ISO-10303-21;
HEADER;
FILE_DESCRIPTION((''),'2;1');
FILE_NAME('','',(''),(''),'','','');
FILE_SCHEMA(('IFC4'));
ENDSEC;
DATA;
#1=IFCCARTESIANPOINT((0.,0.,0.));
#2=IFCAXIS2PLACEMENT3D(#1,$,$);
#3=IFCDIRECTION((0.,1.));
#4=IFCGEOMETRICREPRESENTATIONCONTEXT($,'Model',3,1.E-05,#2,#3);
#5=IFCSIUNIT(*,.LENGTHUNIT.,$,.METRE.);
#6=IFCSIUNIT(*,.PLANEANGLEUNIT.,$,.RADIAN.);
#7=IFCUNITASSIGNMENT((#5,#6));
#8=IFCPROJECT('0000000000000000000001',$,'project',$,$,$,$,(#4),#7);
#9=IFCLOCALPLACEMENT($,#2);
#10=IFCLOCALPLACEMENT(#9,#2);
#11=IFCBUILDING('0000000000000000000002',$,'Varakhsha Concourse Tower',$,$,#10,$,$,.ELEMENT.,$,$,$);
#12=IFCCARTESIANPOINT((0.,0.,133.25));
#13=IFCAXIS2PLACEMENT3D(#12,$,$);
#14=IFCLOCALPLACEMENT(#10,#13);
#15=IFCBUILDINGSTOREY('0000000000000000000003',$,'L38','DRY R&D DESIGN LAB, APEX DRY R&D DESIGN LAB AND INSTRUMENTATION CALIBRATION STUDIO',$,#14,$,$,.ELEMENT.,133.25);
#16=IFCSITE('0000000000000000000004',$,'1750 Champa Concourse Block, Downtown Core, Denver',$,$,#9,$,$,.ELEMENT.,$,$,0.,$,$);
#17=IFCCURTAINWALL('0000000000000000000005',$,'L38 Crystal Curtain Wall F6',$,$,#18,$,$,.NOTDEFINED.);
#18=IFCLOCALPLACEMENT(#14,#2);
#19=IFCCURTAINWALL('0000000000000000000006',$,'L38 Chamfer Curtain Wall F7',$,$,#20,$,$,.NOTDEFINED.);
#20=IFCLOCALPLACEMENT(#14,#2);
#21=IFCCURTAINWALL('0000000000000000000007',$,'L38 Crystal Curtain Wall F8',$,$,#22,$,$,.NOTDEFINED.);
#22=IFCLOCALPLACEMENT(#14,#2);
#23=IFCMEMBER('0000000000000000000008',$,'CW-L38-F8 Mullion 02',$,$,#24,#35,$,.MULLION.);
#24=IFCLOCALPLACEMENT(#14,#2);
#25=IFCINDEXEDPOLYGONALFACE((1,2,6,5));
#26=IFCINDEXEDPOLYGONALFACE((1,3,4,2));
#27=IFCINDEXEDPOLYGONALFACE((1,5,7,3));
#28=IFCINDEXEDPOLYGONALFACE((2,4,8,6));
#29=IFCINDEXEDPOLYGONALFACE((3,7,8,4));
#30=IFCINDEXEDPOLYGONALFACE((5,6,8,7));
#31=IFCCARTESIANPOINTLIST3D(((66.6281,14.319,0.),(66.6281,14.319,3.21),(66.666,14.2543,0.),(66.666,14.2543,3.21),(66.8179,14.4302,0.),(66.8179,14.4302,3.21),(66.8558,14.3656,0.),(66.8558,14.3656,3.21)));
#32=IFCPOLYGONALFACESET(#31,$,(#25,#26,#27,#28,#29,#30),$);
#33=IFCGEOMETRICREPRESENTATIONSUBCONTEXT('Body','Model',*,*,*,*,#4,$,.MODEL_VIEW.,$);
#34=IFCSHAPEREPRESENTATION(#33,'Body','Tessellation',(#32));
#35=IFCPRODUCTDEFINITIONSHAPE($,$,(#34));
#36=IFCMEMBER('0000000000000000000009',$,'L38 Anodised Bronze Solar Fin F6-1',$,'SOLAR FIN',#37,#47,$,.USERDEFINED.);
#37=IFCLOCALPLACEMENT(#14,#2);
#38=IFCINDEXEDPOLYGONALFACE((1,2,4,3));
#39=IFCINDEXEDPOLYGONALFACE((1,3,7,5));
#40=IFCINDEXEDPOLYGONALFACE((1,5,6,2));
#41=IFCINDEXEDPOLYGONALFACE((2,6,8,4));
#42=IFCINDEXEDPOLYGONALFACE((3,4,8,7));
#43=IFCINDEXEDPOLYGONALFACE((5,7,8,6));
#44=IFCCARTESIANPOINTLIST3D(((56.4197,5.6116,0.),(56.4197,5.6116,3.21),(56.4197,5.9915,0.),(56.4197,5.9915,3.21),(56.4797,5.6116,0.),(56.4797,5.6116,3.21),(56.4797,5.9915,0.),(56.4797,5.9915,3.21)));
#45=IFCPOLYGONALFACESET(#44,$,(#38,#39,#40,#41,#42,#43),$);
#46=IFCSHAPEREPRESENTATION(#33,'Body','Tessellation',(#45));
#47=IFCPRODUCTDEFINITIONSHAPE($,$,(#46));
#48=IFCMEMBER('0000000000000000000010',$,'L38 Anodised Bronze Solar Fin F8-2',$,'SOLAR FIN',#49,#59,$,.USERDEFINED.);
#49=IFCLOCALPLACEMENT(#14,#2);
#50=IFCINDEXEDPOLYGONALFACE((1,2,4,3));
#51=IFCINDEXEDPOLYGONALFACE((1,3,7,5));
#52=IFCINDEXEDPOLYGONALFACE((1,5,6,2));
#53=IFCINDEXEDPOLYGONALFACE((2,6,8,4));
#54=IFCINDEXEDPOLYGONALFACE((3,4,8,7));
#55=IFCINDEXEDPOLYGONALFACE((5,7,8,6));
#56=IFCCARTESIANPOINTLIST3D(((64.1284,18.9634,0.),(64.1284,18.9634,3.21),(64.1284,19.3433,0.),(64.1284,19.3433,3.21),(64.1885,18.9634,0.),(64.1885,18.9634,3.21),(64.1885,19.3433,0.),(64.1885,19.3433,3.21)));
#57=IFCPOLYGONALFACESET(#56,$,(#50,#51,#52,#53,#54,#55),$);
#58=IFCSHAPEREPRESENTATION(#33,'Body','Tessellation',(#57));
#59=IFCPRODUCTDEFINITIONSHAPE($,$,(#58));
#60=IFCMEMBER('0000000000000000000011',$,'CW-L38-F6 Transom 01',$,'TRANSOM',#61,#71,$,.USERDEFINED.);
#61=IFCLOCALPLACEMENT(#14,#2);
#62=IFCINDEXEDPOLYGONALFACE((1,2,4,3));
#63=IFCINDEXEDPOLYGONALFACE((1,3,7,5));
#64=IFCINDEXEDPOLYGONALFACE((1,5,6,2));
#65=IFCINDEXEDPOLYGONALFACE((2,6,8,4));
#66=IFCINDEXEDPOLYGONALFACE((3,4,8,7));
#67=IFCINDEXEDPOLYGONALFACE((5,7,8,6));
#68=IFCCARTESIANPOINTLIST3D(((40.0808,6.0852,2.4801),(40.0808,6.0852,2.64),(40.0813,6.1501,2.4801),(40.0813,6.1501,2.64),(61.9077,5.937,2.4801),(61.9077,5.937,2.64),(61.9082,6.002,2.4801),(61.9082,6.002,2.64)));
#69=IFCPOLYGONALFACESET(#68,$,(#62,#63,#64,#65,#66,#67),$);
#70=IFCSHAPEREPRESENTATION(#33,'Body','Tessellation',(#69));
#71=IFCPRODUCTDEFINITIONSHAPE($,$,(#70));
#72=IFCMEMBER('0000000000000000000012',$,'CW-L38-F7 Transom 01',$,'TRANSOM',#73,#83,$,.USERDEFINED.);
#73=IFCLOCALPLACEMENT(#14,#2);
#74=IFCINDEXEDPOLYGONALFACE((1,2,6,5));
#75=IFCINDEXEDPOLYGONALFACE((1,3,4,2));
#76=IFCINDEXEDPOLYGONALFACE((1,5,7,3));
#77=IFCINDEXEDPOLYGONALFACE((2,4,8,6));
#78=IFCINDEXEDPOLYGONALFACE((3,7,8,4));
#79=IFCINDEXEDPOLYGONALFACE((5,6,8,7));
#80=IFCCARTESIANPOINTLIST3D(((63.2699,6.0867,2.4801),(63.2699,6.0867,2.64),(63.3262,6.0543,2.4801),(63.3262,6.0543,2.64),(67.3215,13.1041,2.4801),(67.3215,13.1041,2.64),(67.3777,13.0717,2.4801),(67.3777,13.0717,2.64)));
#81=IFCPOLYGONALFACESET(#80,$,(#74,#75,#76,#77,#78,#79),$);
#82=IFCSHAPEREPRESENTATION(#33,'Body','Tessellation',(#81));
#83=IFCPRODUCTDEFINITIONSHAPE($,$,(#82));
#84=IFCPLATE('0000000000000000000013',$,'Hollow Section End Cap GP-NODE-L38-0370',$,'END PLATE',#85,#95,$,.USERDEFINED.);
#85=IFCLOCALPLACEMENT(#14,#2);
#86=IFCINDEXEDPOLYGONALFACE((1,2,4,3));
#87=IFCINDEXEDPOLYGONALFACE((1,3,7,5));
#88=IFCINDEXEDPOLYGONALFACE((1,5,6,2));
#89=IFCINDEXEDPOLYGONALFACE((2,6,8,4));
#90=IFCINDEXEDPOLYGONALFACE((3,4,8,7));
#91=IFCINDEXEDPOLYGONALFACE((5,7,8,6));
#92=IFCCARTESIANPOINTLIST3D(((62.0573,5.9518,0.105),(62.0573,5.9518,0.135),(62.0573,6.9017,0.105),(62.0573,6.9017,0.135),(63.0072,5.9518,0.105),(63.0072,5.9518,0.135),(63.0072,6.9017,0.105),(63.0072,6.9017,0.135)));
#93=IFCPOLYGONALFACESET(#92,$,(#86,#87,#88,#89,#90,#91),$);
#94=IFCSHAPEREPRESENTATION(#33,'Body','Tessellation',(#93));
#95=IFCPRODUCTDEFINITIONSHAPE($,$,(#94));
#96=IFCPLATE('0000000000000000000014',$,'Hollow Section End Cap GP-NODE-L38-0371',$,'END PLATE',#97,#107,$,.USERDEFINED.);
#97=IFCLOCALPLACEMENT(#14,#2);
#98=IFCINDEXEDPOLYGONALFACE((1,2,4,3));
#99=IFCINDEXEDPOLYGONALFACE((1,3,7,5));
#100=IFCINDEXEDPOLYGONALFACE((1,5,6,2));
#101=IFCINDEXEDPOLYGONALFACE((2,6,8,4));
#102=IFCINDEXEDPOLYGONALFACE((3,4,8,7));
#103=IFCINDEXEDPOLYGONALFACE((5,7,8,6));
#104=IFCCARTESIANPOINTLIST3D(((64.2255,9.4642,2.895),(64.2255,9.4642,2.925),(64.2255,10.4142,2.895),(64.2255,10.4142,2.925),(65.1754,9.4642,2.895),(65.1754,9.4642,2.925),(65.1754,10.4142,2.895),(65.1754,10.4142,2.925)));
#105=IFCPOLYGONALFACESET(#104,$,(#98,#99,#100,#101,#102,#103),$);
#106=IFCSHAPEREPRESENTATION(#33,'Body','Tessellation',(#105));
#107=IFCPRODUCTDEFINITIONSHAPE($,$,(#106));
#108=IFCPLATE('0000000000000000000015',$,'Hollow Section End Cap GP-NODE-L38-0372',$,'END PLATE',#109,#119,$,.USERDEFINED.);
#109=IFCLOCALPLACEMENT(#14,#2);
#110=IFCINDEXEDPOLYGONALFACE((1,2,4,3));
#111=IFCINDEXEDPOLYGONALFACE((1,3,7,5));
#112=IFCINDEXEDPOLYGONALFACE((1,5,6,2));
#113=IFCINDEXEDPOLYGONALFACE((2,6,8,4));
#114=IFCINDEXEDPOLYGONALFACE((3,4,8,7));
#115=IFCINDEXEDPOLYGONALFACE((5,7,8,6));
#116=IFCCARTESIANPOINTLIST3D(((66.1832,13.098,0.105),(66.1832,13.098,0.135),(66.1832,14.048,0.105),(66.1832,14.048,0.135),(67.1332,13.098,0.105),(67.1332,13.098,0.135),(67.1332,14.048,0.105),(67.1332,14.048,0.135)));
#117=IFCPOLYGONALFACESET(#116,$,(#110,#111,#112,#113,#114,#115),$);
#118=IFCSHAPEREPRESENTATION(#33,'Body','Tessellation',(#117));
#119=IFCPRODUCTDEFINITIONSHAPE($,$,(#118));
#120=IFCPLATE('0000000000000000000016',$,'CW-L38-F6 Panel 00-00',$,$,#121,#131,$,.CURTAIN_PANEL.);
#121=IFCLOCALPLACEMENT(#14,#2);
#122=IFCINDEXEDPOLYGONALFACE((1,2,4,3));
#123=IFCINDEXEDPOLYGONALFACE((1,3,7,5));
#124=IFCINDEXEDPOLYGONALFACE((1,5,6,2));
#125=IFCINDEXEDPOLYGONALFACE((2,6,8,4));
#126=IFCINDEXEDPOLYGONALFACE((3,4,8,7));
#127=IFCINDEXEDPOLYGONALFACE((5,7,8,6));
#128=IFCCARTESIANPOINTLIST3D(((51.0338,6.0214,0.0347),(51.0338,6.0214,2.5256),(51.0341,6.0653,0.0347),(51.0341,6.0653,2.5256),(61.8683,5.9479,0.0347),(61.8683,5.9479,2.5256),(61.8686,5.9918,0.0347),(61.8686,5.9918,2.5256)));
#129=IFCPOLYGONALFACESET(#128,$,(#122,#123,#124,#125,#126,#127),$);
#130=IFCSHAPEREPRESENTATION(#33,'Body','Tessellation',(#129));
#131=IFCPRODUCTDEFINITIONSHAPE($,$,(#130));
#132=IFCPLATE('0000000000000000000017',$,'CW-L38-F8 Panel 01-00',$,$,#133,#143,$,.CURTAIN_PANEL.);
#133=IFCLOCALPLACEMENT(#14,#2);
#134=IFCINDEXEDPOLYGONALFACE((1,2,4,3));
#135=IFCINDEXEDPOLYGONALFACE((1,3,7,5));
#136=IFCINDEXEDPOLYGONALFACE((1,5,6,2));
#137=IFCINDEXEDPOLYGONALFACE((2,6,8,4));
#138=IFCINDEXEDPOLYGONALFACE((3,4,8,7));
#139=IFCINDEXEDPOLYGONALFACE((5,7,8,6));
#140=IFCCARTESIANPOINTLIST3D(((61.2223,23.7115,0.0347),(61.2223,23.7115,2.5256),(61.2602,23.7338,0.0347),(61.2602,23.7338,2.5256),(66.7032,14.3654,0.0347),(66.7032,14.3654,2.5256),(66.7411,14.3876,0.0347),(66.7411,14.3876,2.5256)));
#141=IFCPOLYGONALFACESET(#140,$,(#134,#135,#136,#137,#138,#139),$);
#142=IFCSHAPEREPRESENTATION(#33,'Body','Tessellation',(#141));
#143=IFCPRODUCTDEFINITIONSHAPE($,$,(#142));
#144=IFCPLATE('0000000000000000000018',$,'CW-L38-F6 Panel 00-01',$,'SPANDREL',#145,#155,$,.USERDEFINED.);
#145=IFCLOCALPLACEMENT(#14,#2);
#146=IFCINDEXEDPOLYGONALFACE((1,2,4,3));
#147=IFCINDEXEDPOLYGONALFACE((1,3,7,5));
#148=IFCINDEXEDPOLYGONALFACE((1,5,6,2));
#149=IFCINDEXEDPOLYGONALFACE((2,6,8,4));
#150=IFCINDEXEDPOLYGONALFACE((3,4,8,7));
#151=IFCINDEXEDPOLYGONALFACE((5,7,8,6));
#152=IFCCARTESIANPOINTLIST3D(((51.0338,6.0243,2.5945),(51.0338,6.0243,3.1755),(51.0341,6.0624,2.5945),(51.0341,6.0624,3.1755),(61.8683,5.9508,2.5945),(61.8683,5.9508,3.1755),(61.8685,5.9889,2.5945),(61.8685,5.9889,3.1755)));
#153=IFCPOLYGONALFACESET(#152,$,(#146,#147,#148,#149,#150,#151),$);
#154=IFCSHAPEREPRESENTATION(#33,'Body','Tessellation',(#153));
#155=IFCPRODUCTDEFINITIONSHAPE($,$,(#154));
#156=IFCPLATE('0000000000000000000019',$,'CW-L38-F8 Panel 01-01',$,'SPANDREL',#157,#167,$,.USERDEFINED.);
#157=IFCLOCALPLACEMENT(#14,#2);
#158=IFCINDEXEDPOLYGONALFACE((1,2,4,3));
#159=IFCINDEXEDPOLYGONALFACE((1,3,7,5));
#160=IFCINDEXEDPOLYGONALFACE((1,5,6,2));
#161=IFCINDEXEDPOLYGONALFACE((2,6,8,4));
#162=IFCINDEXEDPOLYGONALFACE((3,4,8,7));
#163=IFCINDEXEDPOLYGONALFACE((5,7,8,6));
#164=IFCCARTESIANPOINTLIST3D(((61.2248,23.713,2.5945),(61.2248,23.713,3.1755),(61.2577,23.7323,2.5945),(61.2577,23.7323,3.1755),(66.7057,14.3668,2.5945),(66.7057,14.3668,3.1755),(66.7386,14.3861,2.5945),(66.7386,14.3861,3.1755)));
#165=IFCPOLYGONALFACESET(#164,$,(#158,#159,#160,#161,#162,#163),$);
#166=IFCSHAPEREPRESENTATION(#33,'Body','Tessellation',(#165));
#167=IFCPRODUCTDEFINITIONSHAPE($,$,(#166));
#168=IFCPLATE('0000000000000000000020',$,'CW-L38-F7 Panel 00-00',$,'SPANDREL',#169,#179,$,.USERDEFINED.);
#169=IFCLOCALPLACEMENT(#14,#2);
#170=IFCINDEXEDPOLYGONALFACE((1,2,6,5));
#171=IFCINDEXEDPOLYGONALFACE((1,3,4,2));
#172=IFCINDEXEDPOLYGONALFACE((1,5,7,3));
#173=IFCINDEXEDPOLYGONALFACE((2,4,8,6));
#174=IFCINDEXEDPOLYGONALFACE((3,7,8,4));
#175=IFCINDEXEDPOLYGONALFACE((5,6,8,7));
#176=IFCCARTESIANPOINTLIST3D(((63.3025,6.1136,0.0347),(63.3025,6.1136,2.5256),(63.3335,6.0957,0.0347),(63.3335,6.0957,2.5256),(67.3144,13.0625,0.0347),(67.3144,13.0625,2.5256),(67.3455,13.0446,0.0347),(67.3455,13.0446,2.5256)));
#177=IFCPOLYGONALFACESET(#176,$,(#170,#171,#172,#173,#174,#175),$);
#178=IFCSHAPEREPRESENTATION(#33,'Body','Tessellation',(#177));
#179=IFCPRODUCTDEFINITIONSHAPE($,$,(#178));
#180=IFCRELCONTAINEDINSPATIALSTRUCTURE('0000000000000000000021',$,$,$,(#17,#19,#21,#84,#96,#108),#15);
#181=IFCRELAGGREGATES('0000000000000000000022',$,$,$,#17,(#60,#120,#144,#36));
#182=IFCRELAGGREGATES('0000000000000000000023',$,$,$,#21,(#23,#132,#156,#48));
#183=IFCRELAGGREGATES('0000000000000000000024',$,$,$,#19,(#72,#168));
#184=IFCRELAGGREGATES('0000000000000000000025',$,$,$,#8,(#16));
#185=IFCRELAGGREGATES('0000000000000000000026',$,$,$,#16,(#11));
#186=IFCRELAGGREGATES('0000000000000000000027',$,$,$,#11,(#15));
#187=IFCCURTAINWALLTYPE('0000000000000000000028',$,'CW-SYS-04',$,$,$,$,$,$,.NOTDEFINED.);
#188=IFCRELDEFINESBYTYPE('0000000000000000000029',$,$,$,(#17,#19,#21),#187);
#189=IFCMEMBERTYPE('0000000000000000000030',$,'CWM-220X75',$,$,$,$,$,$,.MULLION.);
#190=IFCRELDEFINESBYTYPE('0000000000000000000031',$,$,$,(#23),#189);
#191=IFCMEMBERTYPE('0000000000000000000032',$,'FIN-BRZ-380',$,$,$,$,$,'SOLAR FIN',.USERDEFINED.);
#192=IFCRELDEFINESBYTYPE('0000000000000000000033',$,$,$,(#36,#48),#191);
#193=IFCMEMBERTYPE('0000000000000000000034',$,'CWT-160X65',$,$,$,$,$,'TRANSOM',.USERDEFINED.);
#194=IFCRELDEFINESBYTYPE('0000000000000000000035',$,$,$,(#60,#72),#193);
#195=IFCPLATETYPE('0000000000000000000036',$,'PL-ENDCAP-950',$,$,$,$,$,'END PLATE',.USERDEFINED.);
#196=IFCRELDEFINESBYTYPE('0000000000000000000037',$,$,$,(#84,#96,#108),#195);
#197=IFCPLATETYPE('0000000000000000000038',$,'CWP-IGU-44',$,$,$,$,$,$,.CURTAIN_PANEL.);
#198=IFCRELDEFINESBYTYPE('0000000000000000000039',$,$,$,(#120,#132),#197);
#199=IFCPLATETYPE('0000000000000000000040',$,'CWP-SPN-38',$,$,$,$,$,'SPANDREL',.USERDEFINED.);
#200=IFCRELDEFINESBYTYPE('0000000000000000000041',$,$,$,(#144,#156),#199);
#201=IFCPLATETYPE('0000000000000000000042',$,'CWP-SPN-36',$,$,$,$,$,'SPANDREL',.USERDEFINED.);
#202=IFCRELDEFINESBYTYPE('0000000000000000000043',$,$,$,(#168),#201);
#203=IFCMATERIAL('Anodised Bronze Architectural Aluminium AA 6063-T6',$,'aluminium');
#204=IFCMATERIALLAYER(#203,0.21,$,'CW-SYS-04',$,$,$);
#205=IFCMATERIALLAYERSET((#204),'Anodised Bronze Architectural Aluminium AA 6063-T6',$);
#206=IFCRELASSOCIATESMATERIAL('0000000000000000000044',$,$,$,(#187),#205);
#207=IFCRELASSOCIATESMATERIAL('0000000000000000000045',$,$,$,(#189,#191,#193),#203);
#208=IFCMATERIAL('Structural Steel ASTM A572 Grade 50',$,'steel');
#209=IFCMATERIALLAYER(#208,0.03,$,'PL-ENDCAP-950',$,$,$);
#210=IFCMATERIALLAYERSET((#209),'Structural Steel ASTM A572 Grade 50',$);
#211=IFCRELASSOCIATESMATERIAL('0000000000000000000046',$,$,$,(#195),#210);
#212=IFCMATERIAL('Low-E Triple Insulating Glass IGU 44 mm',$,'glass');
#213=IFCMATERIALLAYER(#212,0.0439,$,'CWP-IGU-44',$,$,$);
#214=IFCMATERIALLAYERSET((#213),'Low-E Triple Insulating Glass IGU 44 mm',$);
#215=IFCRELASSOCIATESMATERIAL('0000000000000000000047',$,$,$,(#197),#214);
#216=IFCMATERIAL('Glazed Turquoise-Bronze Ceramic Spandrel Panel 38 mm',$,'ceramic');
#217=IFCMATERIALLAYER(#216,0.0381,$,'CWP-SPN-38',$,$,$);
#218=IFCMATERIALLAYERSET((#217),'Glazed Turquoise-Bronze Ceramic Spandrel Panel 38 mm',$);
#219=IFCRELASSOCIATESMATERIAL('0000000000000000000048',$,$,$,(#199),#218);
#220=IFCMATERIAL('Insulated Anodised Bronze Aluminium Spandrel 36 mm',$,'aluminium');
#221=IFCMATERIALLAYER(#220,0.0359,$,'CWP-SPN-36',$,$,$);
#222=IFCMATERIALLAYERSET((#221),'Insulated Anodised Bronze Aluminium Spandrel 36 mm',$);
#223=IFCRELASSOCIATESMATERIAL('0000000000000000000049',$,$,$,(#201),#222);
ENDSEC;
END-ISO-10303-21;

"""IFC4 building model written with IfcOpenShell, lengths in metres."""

from ifc_helpers import new_model, si_unit, direction, frame, origin, origin_2d, place, context, subcontext, project, spatial, rectangle, extrude, source, transform, mapped, material, layer, layer_set, material_profile, profile_set, type_object, type_shapes, element, aggregate, save


model = new_model("IFC4")

# Units and contexts
model_context = context("Model", 3, precision=1e-05, world=origin(), true_north=direction((0.0, 1.0)))
body_context = subcontext(model_context, "Body", "Model", "MODEL_VIEW")
ifc_project = project(units=[si_unit("LENGTHUNIT", "METRE"), si_unit("PLANEANGLEUNIT", "RADIAN")], contexts=[model_context])

# Site, building, storey
site_placement = place(None, origin())
site = spatial("IfcSite", under=ifc_project, at=site_placement, Name="1750 Champa Concourse Block, Downtown Core, Denver", CompositionType="ELEMENT", RefElevation=0.0)
building_placement = place(site_placement, origin())
building = spatial("IfcBuilding", under=site, at=building_placement, Name="Varakhsha Concourse Tower", CompositionType="ELEMENT")
storey_placement = place(building_placement, frame((0.0, 0.0, 133.25)))
storey = spatial("IfcBuildingStorey", under=building, at=storey_placement, Name="L38", Description="DRY R&D DESIGN LAB, APEX DRY R&D DESIGN LAB AND INSTRUMENTATION CALIBRATION STUDIO", CompositionType="ELEMENT", Elevation=133.25)

# Shared definitions
ifc_material_1 = material(Name="Structural Steel ASTM A572 Grade 50", Category="steel")

# Curtain wall
ifc_material_2 = material(Name="Anodised Bronze Architectural Aluminium AA 6063-T6", Category="aluminium")
ifc_layer_1 = layer(ifc_material_2, 0.21, Name="CW-SYS-04")
ifc_layer_set_1 = layer_set([ifc_layer_1], Name="Anodised Bronze Architectural Aluminium AA 6063-T6")
curtain_wall_type = type_object("IfcCurtainWallType", Name="CW-SYS-04", PredefinedType="NOTDEFINED", material=ifc_layer_set_1)
curtain_wall_1_placement = place(storey_placement, origin())
curtain_wall_1 = element("IfcCurtainWall", 1, at=curtain_wall_1_placement, inside=storey, type_object=curtain_wall_type, Name="L38 Crystal Curtain Wall F6", PredefinedType="NOTDEFINED")
ifc_material_profile_1 = material_profile(ifc_material_2, rectangle(XDim=0.075, YDim=0.22, at=origin_2d()), Name="CWM-220X75")
ifc_profile_set_1 = profile_set([ifc_material_profile_1], Name="Anodised Bronze Architectural Aluminium AA 6063-T6")
member_type_1 = type_object("IfcMemberType", Name="CWM-220X75", PredefinedType="MULLION", material=ifc_profile_set_1)
shared_shape_1 = source(origin(), body_context, "Body", "SweptSolid", [
    extrude(rectangle(XDim=0.075, YDim=0.22, at=origin_2d()), origin(), (0.0, 0.0, 1.0), 3.21),
])
type_shapes(member_type_1, [shared_shape_1])

# Curtain wall
curtain_wall_2_placement = place(storey_placement, origin())
curtain_wall_2 = element("IfcCurtainWall", 2, at=curtain_wall_2_placement, inside=storey, type_object=curtain_wall_type, Name="L38 Chamfer Curtain Wall F7", PredefinedType="NOTDEFINED")

# Curtain wall, member
curtain_wall_3_placement = place(storey_placement, origin())
curtain_wall_3 = element("IfcCurtainWall", 3, at=curtain_wall_3_placement, inside=storey, type_object=curtain_wall_type, Name="L38 Crystal Curtain Wall F8", PredefinedType="NOTDEFINED")
member_1_placement = place(storey_placement, frame((66.7419, 14.3423, 0.0), z_axis=(0.0, 0.0, 1.0), x_axis=(0.505862, -0.862614, 0.0)))
member_1 = element("IfcMember", 4, at=member_1_placement, type_object=member_type_1, Name="CW-L38-F8 Mullion 02", PredefinedType="MULLION", context=body_context, shape_type="MappedRepresentation", body=[
    mapped(shared_shape_1, transform((0.0, 0.0, 0.0), scale=1.0)),
])

# Members
ifc_material_profile_2 = material_profile(ifc_material_2, rectangle(XDim=0.0601, YDim=0.3799, at=origin_2d()), Name="FIN-BRZ-380")
ifc_profile_set_2 = profile_set([ifc_material_profile_2], Name="Anodised Bronze Architectural Aluminium AA 6063-T6")
member_type_2 = type_object("IfcMemberType", Name="FIN-BRZ-380", ElementType="SOLAR FIN", PredefinedType="USERDEFINED", material=ifc_profile_set_2)
shared_shape_2 = source(origin(), body_context, "Body", "SweptSolid", [
    extrude(rectangle(XDim=0.0601, YDim=0.3799, at=origin_2d()), origin(), (0.0, 0.0, 1.0), 3.21),
])
type_shapes(member_type_2, [shared_shape_2])
member_2_placement = place(storey_placement, frame((56.4497, 5.8015, 0.0), z_axis=(0.0, 0.0, 1.0), x_axis=(1.0, 0.0, 0.0)))
member_2 = element("IfcMember", 5, at=member_2_placement, type_object=member_type_2, Name="L38 Anodised Bronze Solar Fin F6-1", ObjectType="SOLAR FIN", PredefinedType="USERDEFINED", context=body_context, shape_type="MappedRepresentation", body=[
    mapped(shared_shape_2, transform((0.0, 0.0, 0.0), scale=1.0)),
])
member_3_placement = place(storey_placement, frame((64.1584, 19.1533, 0.0), z_axis=(0.0, 0.0, 1.0), x_axis=(1.0, 0.0, 0.0)))
member_3 = element("IfcMember", 6, at=member_3_placement, type_object=member_type_2, Name="L38 Anodised Bronze Solar Fin F8-2", ObjectType="SOLAR FIN", PredefinedType="USERDEFINED", context=body_context, shape_type="MappedRepresentation", body=[
    mapped(shared_shape_2, transform((0.0, 0.0, 0.0), scale=1.0)),
])
ifc_material_profile_3 = material_profile(ifc_material_2, rectangle(XDim=0.0649, YDim=0.1599, at=origin_2d()), Name="CWT-160X65")
ifc_profile_set_3 = profile_set([ifc_material_profile_3], Name="Anodised Bronze Architectural Aluminium AA 6063-T6")
member_type_3 = type_object("IfcMemberType", Name="CWT-160X65", ElementType="TRANSOM", PredefinedType="USERDEFINED", material=ifc_profile_set_3)
shared_shape_3 = source(origin(), body_context, "Body", "SweptSolid", [
    extrude(rectangle(XDim=0.0649, YDim=0.1599, at=origin_2d()), origin(), (0.0, 0.0, 1.0), 21.8274),
])
member_4_placement = place(storey_placement, frame((61.908, 5.9695, 2.5601), z_axis=(-0.999977, 0.006789, 0.0), x_axis=(-0.006789, -0.999977, 0.0)))
member_4 = element("IfcMember", 7, at=member_4_placement, type_object=member_type_3, Name="CW-L38-F6 Transom 01", ObjectType="TRANSOM", PredefinedType="USERDEFINED", context=body_context, shape_type="MappedRepresentation", body=[
    mapped(shared_shape_3, transform((0.0, 0.0, 0.0), scale=1.0)),
])
shared_shape_4 = source(origin(), body_context, "Body", "SweptSolid", [
    extrude(rectangle(XDim=0.0649, YDim=0.1599, at=origin_2d()), origin(), (0.0, 0.0, 1.0), 8.103),
])
type_shapes(member_type_3, [shared_shape_3, shared_shape_4])
member_5_placement = place(storey_placement, frame((67.3496, 13.0879, 2.5601), z_axis=(-0.500005, -0.866023, 0.0), x_axis=(0.866023, -0.500005, 0.0)))
member_5 = element("IfcMember", 8, at=member_5_placement, type_object=member_type_3, Name="CW-L38-F7 Transom 01", ObjectType="TRANSOM", PredefinedType="USERDEFINED", context=body_context, shape_type="MappedRepresentation", body=[
    mapped(shared_shape_4, transform((0.0, 0.0, 0.0), scale=1.0)),
])

# Plates
ifc_layer_2 = layer(ifc_material_1, 0.03, Name="PL-ENDCAP-950")
ifc_layer_set_2 = layer_set([ifc_layer_2], Name="Structural Steel ASTM A572 Grade 50")
plate_type_1 = type_object("IfcPlateType", Name="PL-ENDCAP-950", ElementType="END PLATE", PredefinedType="USERDEFINED", material=ifc_layer_set_2)
shared_shape_5 = source(origin(), body_context, "Body", "SweptSolid", [
    extrude(rectangle(XDim=0.95, YDim=0.95, at=origin_2d()), origin(), (0.0, 0.0, 1.0), 0.03),
])
type_shapes(plate_type_1, [shared_shape_5])
for number, where, z_axis, x_axis, name in (
    (9, (62.5322, 6.4268, 0.105), (0.0, 0.0, 1.0), (1.0, 0.0, 0.0), "Hollow Section End Cap GP-NODE-L38-0370"),
    (10, (64.7004, 9.9392, 2.895), (0.0, 0.0, 1.0), (1.0, 0.0, 0.0), "Hollow Section End Cap GP-NODE-L38-0371"),
    (11, (66.6582, 13.573, 0.105), (0.0, 0.0, 1.0), (1.0, 0.0, 0.0), "Hollow Section End Cap GP-NODE-L38-0372"),
):
    element("IfcPlate", number, at=place(storey_placement, frame(where, z_axis=z_axis, x_axis=x_axis)), inside=storey, type_object=plate_type_1, Name=name, ObjectType="END PLATE", PredefinedType="USERDEFINED", context=body_context, shape_type="MappedRepresentation", body=[
        mapped(shared_shape_5, transform((0.0, 0.0, 0.0), scale=1.0)),
    ])

# Plates
ifc_material_3 = material(Name="Low-E Triple Insulating Glass IGU 44 mm", Category="glass")
ifc_layer_3 = layer(ifc_material_3, 0.0439, Name="CWP-IGU-44")
ifc_layer_set_3 = layer_set([ifc_layer_3], Name="Low-E Triple Insulating Glass IGU 44 mm")
plate_type_2 = type_object("IfcPlateType", Name="CWP-IGU-44", PredefinedType="CURTAIN_PANEL", material=ifc_layer_set_3)
shared_shape_6 = source(origin(), body_context, "Body", "SweptSolid", [
    extrude(rectangle(XDim=10.8347, YDim=0.0439, at=origin_2d()), origin(), (0.0, 0.0, 1.0), 2.491),
])
type_shapes(plate_type_2, [shared_shape_6])
plate_1_placement = place(storey_placement, frame((56.4512, 6.0066, 0.0347), z_axis=(0.0, 0.0, 1.0), x_axis=(-0.999977, 0.006786, 0.0)))
plate_1 = element("IfcPlate", 12, at=plate_1_placement, type_object=plate_type_2, Name="CW-L38-F6 Panel 00-00", PredefinedType="CURTAIN_PANEL", context=body_context, shape_type="MappedRepresentation", body=[
    mapped(shared_shape_6, transform((0.0, 0.0, 0.0), scale=1.0)),
])
plate_2_placement = place(storey_placement, frame((63.9817, 19.0496, 0.0347), z_axis=(0.0, 0.0, 1.0), x_axis=(0.505862, -0.862614, 0.0)))
plate_2 = element("IfcPlate", 13, at=plate_2_placement, type_object=plate_type_2, Name="CW-L38-F8 Panel 01-00", PredefinedType="CURTAIN_PANEL", context=body_context, shape_type="MappedRepresentation", body=[
    mapped(shared_shape_6, transform((0.0, 0.0, 0.0), scale=1.0)),
])
ifc_material_4 = material(Name="Glazed Turquoise-Bronze Ceramic Spandrel Panel 38 mm", Category="ceramic")
ifc_layer_4 = layer(ifc_material_4, 0.0381, Name="CWP-SPN-38")
ifc_layer_set_4 = layer_set([ifc_layer_4], Name="Glazed Turquoise-Bronze Ceramic Spandrel Panel 38 mm")
plate_type_3 = type_object("IfcPlateType", Name="CWP-SPN-38", ElementType="SPANDREL", PredefinedType="USERDEFINED", material=ifc_layer_set_4)
shared_shape_7 = source(origin(), body_context, "Body", "SweptSolid", [
    extrude(rectangle(XDim=10.8347, YDim=0.0381, at=origin_2d()), origin(), (0.0, 0.0, 1.0), 0.5811),
])
plate_3_placement = place(storey_placement, frame((56.4512, 6.0066, 2.5945), z_axis=(0.0, 0.0, 1.0), x_axis=(-0.999977, 0.006786, 0.0)))
plate_3 = element("IfcPlate", 14, at=plate_3_placement, type_object=plate_type_3, Name="CW-L38-F6 Panel 00-01", ObjectType="SPANDREL", PredefinedType="USERDEFINED", context=body_context, shape_type="MappedRepresentation", body=[
    mapped(shared_shape_7, transform((0.0, 0.0, 0.0), scale=1.0)),
])
aggregate(curtain_wall_1, [member_4, plate_1, plate_3, member_2])
plate_4_placement = place(storey_placement, frame((63.9817, 19.0496, 2.5945), z_axis=(0.0, 0.0, 1.0), x_axis=(0.505862, -0.862614, 0.0)))
plate_4 = element("IfcPlate", 15, at=plate_4_placement, type_object=plate_type_3, Name="CW-L38-F8 Panel 01-01", ObjectType="SPANDREL", PredefinedType="USERDEFINED", context=body_context, shape_type="MappedRepresentation", body=[
    mapped(shared_shape_7, transform((0.0, 0.0, 0.0), scale=1.0)),
])
aggregate(curtain_wall_3, [member_1, plate_2, plate_4, member_3])
ifc_material_5 = material(Name="Insulated Anodised Bronze Aluminium Spandrel 36 mm", Category="aluminium")
ifc_layer_5 = layer(ifc_material_5, 0.0359, Name="CWP-SPN-36")
ifc_layer_set_5 = layer_set([ifc_layer_5], Name="Insulated Anodised Bronze Aluminium Spandrel 36 mm")
plate_type_4 = type_object("IfcPlateType", Name="CWP-SPN-36", ElementType="SPANDREL", PredefinedType="USERDEFINED", material=ifc_layer_set_5)
shared_shape_8 = source(origin(), body_context, "Body", "SweptSolid", [
    extrude(rectangle(XDim=8.0239, YDim=0.0359, at=origin_2d()), origin(), (0.0, 0.0, 1.0), 2.491),
])
type_shapes(plate_type_4, [shared_shape_8])
plate_5_placement = place(storey_placement, frame((65.324, 9.5791, 0.0347), z_axis=(0.0, 0.0, 1.0), x_axis=(-0.5, -0.866025, 0.0)))
plate_5 = element("IfcPlate", 16, at=plate_5_placement, type_object=plate_type_4, Name="CW-L38-F7 Panel 00-00", ObjectType="SPANDREL", PredefinedType="USERDEFINED", context=body_context, shape_type="MappedRepresentation", body=[
    mapped(shared_shape_8, transform((0.0, 0.0, 0.0), scale=1.0)),
])
aggregate(curtain_wall_2, [member_5, plate_5])

save(model, "model.ifc")
